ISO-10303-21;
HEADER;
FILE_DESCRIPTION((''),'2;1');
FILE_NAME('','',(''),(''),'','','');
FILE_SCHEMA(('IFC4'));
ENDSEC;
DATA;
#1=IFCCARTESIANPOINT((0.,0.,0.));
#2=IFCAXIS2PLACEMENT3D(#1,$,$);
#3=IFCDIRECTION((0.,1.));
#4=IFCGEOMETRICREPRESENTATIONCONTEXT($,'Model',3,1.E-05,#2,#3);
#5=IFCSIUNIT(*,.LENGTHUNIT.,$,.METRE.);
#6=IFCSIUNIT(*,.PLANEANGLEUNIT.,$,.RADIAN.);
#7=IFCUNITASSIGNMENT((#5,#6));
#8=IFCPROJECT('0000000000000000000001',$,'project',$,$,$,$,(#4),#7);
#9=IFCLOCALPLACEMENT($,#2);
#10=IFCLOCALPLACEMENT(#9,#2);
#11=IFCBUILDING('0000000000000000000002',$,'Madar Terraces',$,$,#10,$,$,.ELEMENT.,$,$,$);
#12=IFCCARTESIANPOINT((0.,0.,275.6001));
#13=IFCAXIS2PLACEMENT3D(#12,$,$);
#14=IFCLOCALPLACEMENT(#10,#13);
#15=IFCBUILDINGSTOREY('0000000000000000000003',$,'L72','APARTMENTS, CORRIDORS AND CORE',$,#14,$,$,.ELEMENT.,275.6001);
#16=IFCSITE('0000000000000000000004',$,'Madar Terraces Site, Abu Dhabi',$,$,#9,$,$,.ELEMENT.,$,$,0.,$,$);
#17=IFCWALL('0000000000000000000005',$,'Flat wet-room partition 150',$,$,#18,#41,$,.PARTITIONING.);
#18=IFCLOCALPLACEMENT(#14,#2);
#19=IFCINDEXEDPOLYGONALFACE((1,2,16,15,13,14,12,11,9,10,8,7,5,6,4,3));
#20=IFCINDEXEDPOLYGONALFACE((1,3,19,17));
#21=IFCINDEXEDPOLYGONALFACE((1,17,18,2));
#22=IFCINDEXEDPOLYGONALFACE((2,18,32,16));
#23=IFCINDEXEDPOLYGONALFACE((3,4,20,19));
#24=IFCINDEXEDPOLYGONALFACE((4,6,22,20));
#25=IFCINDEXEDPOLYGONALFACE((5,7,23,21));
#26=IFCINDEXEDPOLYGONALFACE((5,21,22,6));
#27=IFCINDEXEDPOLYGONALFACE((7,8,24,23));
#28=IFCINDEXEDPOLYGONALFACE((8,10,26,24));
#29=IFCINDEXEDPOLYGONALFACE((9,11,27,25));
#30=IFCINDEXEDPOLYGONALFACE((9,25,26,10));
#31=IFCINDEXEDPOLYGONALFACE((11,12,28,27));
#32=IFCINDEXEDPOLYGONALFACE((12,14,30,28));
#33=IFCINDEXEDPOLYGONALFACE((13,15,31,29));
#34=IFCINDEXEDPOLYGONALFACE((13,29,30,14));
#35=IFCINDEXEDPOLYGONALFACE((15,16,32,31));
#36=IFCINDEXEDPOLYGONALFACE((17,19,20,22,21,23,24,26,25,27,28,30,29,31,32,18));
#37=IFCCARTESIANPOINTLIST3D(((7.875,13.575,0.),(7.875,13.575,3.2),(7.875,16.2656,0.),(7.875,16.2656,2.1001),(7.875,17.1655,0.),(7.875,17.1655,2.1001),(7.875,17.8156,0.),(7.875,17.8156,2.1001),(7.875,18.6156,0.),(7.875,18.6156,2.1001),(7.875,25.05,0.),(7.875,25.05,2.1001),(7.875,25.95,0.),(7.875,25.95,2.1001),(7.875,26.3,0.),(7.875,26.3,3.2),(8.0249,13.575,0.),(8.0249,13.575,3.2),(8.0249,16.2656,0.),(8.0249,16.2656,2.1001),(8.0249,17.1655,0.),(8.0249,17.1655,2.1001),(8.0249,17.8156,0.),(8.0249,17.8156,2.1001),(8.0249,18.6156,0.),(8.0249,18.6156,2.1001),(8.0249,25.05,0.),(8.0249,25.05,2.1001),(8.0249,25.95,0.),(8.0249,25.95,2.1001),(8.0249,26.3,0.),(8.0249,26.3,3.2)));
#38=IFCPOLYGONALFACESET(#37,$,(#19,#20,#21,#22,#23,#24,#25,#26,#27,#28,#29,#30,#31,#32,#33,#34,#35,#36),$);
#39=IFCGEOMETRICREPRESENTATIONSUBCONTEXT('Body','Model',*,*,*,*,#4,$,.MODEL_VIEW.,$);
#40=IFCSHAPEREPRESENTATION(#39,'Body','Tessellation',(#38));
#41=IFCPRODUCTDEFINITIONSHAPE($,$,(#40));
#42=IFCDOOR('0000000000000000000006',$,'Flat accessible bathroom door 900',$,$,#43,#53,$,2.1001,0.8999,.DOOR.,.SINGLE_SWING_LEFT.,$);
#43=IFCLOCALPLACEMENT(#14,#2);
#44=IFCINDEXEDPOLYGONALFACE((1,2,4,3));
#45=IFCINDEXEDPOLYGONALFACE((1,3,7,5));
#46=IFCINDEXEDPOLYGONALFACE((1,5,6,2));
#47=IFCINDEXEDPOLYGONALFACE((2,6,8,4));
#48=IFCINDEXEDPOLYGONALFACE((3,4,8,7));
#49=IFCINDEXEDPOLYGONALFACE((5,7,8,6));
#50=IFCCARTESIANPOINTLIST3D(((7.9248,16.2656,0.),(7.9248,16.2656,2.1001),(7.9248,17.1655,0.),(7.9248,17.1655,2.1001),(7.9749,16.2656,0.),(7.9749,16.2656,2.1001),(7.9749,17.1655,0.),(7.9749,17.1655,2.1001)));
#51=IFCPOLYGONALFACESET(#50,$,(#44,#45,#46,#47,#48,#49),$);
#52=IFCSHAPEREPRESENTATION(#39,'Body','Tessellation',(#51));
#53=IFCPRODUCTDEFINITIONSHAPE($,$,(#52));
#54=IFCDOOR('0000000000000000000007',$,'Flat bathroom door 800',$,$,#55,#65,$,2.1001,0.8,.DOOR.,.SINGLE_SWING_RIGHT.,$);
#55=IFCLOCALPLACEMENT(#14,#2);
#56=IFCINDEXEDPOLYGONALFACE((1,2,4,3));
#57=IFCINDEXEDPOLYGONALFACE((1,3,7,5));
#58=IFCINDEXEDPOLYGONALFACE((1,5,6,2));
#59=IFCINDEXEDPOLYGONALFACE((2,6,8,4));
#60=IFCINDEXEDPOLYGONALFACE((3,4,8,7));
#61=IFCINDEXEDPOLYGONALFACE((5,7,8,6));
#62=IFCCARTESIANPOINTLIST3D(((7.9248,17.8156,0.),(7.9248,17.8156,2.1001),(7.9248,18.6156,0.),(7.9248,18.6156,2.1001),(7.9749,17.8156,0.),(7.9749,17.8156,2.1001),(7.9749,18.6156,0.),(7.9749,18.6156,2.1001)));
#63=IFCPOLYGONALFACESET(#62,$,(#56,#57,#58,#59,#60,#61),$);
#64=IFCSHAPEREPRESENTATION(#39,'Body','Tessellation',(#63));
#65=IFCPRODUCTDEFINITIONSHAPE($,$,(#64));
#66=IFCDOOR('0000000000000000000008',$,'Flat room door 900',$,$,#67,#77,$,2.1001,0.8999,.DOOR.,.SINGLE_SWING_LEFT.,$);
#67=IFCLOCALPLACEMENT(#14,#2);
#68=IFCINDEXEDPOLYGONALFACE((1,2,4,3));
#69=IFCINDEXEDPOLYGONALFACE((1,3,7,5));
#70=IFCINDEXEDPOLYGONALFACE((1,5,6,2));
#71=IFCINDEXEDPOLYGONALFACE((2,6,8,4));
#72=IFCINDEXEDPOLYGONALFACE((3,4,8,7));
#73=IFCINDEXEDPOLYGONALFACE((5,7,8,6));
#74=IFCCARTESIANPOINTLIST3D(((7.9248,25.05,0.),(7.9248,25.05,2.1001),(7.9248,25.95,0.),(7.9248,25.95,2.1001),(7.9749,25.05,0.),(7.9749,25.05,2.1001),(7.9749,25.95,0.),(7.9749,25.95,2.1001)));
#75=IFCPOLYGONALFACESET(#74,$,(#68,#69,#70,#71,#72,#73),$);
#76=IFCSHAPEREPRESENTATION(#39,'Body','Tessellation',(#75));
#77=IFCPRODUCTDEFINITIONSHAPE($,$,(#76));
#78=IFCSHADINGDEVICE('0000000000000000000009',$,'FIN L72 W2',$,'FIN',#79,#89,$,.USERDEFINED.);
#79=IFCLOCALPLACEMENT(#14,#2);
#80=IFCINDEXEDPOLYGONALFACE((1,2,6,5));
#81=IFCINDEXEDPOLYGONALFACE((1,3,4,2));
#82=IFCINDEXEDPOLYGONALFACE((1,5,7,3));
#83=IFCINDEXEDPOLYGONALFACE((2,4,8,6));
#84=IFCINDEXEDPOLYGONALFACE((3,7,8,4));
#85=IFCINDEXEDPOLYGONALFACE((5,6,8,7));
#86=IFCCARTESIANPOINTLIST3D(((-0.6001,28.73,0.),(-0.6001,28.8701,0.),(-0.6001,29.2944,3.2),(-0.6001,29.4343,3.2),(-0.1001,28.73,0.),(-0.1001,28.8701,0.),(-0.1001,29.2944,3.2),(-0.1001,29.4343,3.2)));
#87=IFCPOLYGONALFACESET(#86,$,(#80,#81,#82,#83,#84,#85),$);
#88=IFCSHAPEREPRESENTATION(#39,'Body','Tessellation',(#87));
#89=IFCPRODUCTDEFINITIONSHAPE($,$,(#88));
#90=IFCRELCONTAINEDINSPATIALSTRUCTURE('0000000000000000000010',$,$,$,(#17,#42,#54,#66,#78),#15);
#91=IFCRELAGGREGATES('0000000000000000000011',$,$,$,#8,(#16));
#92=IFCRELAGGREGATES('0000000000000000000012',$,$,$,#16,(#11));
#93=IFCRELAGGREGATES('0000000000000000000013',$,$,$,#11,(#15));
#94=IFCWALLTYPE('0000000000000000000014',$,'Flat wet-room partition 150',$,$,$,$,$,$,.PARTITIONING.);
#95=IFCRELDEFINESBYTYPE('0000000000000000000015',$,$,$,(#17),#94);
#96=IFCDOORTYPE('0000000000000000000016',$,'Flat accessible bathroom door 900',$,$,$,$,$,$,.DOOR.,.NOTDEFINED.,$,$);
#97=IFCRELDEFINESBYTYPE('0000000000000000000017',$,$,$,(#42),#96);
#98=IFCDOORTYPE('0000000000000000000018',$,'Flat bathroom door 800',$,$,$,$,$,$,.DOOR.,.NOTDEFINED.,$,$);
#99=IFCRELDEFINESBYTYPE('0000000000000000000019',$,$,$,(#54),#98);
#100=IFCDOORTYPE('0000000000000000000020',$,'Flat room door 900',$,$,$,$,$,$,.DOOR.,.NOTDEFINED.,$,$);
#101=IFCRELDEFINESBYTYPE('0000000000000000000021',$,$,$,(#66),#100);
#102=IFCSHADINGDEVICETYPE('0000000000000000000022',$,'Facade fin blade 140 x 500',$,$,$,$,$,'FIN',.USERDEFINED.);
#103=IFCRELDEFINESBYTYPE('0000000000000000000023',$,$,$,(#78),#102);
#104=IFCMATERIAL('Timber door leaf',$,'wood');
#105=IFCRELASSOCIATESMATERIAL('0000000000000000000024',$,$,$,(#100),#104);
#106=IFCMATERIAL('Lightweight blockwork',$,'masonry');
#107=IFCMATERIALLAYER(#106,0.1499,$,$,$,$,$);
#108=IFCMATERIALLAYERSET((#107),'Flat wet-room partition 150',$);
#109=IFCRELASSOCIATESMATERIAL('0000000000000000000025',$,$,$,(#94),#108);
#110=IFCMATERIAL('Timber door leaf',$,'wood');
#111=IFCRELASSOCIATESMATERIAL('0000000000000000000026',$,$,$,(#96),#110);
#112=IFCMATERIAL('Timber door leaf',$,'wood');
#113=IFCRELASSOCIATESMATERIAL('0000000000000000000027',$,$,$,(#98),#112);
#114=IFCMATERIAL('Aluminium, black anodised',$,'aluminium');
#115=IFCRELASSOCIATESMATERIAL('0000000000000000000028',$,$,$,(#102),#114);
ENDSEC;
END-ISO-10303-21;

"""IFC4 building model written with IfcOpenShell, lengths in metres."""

from ifc_helpers import new_model, si_unit, direction, frame, frame_2d, origin, place, context, subcontext, project, spatial, polyline, rectangle, outline, extrude, material, layer, layer_set, type_object, element, fill, save


model = new_model("IFC4")

# Units and contexts
model_context = context("Model", 3, precision=1e-05, world=origin(), true_north=direction((0.0, 1.0)))
body_context = subcontext(model_context, "Body", "Model", "MODEL_VIEW")
ifc_project = project(units=[si_unit("LENGTHUNIT", "METRE"), si_unit("PLANEANGLEUNIT", "RADIAN")], contexts=[model_context])

# Site, building, storey
site_placement = place(None, origin())
site = spatial("IfcSite", under=ifc_project, at=site_placement, Name="Madar Terraces Site, Abu Dhabi", CompositionType="ELEMENT", RefElevation=0.0)
building_placement = place(site_placement, origin())
building = spatial("IfcBuilding", under=site, at=building_placement, Name="Madar Terraces", CompositionType="ELEMENT")
storey_placement = place(building_placement, frame((0.0, 0.0, 275.6001)))
storey = spatial("IfcBuildingStorey", under=building, at=storey_placement, Name="L72", Description="APARTMENTS, CORRIDORS AND CORE", CompositionType="ELEMENT", Elevation=275.6001)

# Shared definitions
ifc_material_1 = material(Name="Timber door leaf", Category="wood")
door_type_1 = type_object("IfcDoorType", Name="Flat room door 900", OperationType="NOTDEFINED", PredefinedType="DOOR", material=ifc_material_1)

# Wall, openings, doors
ifc_material_2 = material(Name="Lightweight blockwork", Category="masonry")
ifc_layer_1 = layer(ifc_material_2, 0.1499)
ifc_layer_set_1 = layer_set([ifc_layer_1], Name="Flat wet-room partition 150")
wall_type_1 = type_object("IfcWallType", Name="Flat wet-room partition 150", PredefinedType="PARTITIONING", material=ifc_layer_set_1)
wall_1_placement = place(storey_placement, frame((7.95, 26.3, 0.0), z_axis=(0.0, 0.0, 1.0), x_axis=(0.0, -1.0, 0.0)))
wall_1 = element("IfcWall", 1, at=wall_1_placement, inside=storey, type_object=wall_type_1, Name="Flat wet-room partition 150", PredefinedType="PARTITIONING", context=body_context, shape_type="SweptSolid", body=[
    extrude(rectangle(XDim=12.7251, YDim=0.1499, at=frame_2d((6.3625, 0.0))), origin(), (0.0, 0.0, 1.0), 3.2),
])
opening_1_placement = place(wall_1_placement, frame((9.1345, 0.0, 0.0)))
opening_1 = element("IfcOpeningElement", 2, at=opening_1_placement, cuts=wall_1, PredefinedType="OPENING", context=body_context, shape_type="SweptSolid", body=[
    extrude(rectangle(XDim=0.8999, YDim=2.1001, at=frame_2d((0.45, 1.05))), frame((0.0, 0.085, 0.0), z_axis=(0.0, -1.0, 0.0), x_axis=(1.0, 0.0, 0.0)), (0.0, 0.0, 1.0), 0.1699),
])
opening_2_placement = place(wall_1_placement, frame((7.6846, 0.0, 0.0)))
opening_2 = element("IfcOpeningElement", 3, at=opening_2_placement, cuts=wall_1, PredefinedType="OPENING", context=body_context, shape_type="SweptSolid", body=[
    extrude(rectangle(XDim=0.8, YDim=2.1001, at=frame_2d((0.3999, 1.05))), frame((0.0, 0.085, 0.0), z_axis=(0.0, -1.0, 0.0), x_axis=(1.0, 0.0, 0.0)), (0.0, 0.0, 1.0), 0.1699),
])
opening_3_placement = place(wall_1_placement, frame((0.3501, 0.0, 0.0)))
opening_3 = element("IfcOpeningElement", 4, at=opening_3_placement, cuts=wall_1, PredefinedType="OPENING", context=body_context, shape_type="SweptSolid", body=[
    extrude(rectangle(XDim=0.8999, YDim=2.1001, at=frame_2d((0.45, 1.05))), frame((0.0, 0.085, 0.0), z_axis=(0.0, -1.0, 0.0), x_axis=(1.0, 0.0, 0.0)), (0.0, 0.0, 1.0), 0.1699),
])
ifc_material_3 = material(Name="Timber door leaf", Category="wood")
door_type_2 = type_object("IfcDoorType", Name="Flat accessible bathroom door 900", OperationType="NOTDEFINED", PredefinedType="DOOR", material=ifc_material_3)
door_1_placement = place(opening_1_placement, origin())
door_1 = element("IfcDoor", 5, at=door_1_placement, inside=storey, type_object=door_type_2, Name="Flat accessible bathroom door 900", OperationType="SINGLE_SWING_LEFT", OverallHeight=2.1001, OverallWidth=0.8999, PredefinedType="DOOR", context=body_context, shape_type="SweptSolid", body=[
    extrude(rectangle(XDim=0.8999, YDim=2.1001, at=frame_2d((0.45, 1.05))), frame((0.0, 0.0249, 0.0), z_axis=(0.0, -1.0, 0.0), x_axis=(1.0, 0.0, 0.0)), (0.0, 0.0, 1.0), 0.05),
])
fill(opening_1, door_1)
ifc_material_4 = material(Name="Timber door leaf", Category="wood")
door_type_3 = type_object("IfcDoorType", Name="Flat bathroom door 800", OperationType="NOTDEFINED", PredefinedType="DOOR", material=ifc_material_4)
door_2_placement = place(opening_2_placement, origin())
door_2 = element("IfcDoor", 6, at=door_2_placement, inside=storey, type_object=door_type_3, Name="Flat bathroom door 800", OperationType="SINGLE_SWING_RIGHT", OverallHeight=2.1001, OverallWidth=0.8, PredefinedType="DOOR", context=body_context, shape_type="SweptSolid", body=[
    extrude(rectangle(XDim=0.8, YDim=2.1001, at=frame_2d((0.3999, 1.05))), frame((0.0, 0.0249, 0.0), z_axis=(0.0, -1.0, 0.0), x_axis=(1.0, 0.0, 0.0)), (0.0, 0.0, 1.0), 0.05),
])
fill(opening_2, door_2)
door_3_placement = place(opening_3_placement, origin())
door_3 = element("IfcDoor", 7, at=door_3_placement, inside=storey, type_object=door_type_1, Name="Flat room door 900", OperationType="SINGLE_SWING_LEFT", OverallHeight=2.1001, OverallWidth=0.8999, PredefinedType="DOOR", context=body_context, shape_type="SweptSolid", body=[
    extrude(rectangle(XDim=0.8999, YDim=2.1001, at=frame_2d((0.45, 1.05))), frame((0.0, 0.0249, 0.0), z_axis=(0.0, -1.0, 0.0), x_axis=(1.0, 0.0, 0.0)), (0.0, 0.0, 1.0), 0.05),
])
fill(opening_3, door_3)

# Shading device
ifc_material_5 = material(Name="Aluminium, black anodised", Category="aluminium")
shading_device_type = type_object("IfcShadingDeviceType", Name="Facade fin blade 140 x 500", ElementType="FIN", PredefinedType="USERDEFINED", material=ifc_material_5)
shading_device_placement = place(storey_placement, frame((-0.3501, 28.8701, 0.0), z_axis=(0.0, 0.0, 1.0), x_axis=(0.0, -1.0, 0.0)))
element("IfcShadingDevice", 8, at=shading_device_placement, inside=storey, type_object=shading_device_type, Name="FIN L72 W2", ObjectType="FIN", PredefinedType="USERDEFINED", context=body_context, shape_type="SweptSolid", body=[
    extrude(outline(polyline([(0.0, 0.0), (0.1401, 0.0), (-0.4243, 3.2), (-0.5642, 3.2), (0.0, 0.0)])), frame((0.0, 0.25, 0.0), z_axis=(0.0, -1.0, 0.0), x_axis=(1.0, 0.0, 0.0)), (0.0, 0.0, 1.0), 0.5),
])

save(model, "model.ifc")
